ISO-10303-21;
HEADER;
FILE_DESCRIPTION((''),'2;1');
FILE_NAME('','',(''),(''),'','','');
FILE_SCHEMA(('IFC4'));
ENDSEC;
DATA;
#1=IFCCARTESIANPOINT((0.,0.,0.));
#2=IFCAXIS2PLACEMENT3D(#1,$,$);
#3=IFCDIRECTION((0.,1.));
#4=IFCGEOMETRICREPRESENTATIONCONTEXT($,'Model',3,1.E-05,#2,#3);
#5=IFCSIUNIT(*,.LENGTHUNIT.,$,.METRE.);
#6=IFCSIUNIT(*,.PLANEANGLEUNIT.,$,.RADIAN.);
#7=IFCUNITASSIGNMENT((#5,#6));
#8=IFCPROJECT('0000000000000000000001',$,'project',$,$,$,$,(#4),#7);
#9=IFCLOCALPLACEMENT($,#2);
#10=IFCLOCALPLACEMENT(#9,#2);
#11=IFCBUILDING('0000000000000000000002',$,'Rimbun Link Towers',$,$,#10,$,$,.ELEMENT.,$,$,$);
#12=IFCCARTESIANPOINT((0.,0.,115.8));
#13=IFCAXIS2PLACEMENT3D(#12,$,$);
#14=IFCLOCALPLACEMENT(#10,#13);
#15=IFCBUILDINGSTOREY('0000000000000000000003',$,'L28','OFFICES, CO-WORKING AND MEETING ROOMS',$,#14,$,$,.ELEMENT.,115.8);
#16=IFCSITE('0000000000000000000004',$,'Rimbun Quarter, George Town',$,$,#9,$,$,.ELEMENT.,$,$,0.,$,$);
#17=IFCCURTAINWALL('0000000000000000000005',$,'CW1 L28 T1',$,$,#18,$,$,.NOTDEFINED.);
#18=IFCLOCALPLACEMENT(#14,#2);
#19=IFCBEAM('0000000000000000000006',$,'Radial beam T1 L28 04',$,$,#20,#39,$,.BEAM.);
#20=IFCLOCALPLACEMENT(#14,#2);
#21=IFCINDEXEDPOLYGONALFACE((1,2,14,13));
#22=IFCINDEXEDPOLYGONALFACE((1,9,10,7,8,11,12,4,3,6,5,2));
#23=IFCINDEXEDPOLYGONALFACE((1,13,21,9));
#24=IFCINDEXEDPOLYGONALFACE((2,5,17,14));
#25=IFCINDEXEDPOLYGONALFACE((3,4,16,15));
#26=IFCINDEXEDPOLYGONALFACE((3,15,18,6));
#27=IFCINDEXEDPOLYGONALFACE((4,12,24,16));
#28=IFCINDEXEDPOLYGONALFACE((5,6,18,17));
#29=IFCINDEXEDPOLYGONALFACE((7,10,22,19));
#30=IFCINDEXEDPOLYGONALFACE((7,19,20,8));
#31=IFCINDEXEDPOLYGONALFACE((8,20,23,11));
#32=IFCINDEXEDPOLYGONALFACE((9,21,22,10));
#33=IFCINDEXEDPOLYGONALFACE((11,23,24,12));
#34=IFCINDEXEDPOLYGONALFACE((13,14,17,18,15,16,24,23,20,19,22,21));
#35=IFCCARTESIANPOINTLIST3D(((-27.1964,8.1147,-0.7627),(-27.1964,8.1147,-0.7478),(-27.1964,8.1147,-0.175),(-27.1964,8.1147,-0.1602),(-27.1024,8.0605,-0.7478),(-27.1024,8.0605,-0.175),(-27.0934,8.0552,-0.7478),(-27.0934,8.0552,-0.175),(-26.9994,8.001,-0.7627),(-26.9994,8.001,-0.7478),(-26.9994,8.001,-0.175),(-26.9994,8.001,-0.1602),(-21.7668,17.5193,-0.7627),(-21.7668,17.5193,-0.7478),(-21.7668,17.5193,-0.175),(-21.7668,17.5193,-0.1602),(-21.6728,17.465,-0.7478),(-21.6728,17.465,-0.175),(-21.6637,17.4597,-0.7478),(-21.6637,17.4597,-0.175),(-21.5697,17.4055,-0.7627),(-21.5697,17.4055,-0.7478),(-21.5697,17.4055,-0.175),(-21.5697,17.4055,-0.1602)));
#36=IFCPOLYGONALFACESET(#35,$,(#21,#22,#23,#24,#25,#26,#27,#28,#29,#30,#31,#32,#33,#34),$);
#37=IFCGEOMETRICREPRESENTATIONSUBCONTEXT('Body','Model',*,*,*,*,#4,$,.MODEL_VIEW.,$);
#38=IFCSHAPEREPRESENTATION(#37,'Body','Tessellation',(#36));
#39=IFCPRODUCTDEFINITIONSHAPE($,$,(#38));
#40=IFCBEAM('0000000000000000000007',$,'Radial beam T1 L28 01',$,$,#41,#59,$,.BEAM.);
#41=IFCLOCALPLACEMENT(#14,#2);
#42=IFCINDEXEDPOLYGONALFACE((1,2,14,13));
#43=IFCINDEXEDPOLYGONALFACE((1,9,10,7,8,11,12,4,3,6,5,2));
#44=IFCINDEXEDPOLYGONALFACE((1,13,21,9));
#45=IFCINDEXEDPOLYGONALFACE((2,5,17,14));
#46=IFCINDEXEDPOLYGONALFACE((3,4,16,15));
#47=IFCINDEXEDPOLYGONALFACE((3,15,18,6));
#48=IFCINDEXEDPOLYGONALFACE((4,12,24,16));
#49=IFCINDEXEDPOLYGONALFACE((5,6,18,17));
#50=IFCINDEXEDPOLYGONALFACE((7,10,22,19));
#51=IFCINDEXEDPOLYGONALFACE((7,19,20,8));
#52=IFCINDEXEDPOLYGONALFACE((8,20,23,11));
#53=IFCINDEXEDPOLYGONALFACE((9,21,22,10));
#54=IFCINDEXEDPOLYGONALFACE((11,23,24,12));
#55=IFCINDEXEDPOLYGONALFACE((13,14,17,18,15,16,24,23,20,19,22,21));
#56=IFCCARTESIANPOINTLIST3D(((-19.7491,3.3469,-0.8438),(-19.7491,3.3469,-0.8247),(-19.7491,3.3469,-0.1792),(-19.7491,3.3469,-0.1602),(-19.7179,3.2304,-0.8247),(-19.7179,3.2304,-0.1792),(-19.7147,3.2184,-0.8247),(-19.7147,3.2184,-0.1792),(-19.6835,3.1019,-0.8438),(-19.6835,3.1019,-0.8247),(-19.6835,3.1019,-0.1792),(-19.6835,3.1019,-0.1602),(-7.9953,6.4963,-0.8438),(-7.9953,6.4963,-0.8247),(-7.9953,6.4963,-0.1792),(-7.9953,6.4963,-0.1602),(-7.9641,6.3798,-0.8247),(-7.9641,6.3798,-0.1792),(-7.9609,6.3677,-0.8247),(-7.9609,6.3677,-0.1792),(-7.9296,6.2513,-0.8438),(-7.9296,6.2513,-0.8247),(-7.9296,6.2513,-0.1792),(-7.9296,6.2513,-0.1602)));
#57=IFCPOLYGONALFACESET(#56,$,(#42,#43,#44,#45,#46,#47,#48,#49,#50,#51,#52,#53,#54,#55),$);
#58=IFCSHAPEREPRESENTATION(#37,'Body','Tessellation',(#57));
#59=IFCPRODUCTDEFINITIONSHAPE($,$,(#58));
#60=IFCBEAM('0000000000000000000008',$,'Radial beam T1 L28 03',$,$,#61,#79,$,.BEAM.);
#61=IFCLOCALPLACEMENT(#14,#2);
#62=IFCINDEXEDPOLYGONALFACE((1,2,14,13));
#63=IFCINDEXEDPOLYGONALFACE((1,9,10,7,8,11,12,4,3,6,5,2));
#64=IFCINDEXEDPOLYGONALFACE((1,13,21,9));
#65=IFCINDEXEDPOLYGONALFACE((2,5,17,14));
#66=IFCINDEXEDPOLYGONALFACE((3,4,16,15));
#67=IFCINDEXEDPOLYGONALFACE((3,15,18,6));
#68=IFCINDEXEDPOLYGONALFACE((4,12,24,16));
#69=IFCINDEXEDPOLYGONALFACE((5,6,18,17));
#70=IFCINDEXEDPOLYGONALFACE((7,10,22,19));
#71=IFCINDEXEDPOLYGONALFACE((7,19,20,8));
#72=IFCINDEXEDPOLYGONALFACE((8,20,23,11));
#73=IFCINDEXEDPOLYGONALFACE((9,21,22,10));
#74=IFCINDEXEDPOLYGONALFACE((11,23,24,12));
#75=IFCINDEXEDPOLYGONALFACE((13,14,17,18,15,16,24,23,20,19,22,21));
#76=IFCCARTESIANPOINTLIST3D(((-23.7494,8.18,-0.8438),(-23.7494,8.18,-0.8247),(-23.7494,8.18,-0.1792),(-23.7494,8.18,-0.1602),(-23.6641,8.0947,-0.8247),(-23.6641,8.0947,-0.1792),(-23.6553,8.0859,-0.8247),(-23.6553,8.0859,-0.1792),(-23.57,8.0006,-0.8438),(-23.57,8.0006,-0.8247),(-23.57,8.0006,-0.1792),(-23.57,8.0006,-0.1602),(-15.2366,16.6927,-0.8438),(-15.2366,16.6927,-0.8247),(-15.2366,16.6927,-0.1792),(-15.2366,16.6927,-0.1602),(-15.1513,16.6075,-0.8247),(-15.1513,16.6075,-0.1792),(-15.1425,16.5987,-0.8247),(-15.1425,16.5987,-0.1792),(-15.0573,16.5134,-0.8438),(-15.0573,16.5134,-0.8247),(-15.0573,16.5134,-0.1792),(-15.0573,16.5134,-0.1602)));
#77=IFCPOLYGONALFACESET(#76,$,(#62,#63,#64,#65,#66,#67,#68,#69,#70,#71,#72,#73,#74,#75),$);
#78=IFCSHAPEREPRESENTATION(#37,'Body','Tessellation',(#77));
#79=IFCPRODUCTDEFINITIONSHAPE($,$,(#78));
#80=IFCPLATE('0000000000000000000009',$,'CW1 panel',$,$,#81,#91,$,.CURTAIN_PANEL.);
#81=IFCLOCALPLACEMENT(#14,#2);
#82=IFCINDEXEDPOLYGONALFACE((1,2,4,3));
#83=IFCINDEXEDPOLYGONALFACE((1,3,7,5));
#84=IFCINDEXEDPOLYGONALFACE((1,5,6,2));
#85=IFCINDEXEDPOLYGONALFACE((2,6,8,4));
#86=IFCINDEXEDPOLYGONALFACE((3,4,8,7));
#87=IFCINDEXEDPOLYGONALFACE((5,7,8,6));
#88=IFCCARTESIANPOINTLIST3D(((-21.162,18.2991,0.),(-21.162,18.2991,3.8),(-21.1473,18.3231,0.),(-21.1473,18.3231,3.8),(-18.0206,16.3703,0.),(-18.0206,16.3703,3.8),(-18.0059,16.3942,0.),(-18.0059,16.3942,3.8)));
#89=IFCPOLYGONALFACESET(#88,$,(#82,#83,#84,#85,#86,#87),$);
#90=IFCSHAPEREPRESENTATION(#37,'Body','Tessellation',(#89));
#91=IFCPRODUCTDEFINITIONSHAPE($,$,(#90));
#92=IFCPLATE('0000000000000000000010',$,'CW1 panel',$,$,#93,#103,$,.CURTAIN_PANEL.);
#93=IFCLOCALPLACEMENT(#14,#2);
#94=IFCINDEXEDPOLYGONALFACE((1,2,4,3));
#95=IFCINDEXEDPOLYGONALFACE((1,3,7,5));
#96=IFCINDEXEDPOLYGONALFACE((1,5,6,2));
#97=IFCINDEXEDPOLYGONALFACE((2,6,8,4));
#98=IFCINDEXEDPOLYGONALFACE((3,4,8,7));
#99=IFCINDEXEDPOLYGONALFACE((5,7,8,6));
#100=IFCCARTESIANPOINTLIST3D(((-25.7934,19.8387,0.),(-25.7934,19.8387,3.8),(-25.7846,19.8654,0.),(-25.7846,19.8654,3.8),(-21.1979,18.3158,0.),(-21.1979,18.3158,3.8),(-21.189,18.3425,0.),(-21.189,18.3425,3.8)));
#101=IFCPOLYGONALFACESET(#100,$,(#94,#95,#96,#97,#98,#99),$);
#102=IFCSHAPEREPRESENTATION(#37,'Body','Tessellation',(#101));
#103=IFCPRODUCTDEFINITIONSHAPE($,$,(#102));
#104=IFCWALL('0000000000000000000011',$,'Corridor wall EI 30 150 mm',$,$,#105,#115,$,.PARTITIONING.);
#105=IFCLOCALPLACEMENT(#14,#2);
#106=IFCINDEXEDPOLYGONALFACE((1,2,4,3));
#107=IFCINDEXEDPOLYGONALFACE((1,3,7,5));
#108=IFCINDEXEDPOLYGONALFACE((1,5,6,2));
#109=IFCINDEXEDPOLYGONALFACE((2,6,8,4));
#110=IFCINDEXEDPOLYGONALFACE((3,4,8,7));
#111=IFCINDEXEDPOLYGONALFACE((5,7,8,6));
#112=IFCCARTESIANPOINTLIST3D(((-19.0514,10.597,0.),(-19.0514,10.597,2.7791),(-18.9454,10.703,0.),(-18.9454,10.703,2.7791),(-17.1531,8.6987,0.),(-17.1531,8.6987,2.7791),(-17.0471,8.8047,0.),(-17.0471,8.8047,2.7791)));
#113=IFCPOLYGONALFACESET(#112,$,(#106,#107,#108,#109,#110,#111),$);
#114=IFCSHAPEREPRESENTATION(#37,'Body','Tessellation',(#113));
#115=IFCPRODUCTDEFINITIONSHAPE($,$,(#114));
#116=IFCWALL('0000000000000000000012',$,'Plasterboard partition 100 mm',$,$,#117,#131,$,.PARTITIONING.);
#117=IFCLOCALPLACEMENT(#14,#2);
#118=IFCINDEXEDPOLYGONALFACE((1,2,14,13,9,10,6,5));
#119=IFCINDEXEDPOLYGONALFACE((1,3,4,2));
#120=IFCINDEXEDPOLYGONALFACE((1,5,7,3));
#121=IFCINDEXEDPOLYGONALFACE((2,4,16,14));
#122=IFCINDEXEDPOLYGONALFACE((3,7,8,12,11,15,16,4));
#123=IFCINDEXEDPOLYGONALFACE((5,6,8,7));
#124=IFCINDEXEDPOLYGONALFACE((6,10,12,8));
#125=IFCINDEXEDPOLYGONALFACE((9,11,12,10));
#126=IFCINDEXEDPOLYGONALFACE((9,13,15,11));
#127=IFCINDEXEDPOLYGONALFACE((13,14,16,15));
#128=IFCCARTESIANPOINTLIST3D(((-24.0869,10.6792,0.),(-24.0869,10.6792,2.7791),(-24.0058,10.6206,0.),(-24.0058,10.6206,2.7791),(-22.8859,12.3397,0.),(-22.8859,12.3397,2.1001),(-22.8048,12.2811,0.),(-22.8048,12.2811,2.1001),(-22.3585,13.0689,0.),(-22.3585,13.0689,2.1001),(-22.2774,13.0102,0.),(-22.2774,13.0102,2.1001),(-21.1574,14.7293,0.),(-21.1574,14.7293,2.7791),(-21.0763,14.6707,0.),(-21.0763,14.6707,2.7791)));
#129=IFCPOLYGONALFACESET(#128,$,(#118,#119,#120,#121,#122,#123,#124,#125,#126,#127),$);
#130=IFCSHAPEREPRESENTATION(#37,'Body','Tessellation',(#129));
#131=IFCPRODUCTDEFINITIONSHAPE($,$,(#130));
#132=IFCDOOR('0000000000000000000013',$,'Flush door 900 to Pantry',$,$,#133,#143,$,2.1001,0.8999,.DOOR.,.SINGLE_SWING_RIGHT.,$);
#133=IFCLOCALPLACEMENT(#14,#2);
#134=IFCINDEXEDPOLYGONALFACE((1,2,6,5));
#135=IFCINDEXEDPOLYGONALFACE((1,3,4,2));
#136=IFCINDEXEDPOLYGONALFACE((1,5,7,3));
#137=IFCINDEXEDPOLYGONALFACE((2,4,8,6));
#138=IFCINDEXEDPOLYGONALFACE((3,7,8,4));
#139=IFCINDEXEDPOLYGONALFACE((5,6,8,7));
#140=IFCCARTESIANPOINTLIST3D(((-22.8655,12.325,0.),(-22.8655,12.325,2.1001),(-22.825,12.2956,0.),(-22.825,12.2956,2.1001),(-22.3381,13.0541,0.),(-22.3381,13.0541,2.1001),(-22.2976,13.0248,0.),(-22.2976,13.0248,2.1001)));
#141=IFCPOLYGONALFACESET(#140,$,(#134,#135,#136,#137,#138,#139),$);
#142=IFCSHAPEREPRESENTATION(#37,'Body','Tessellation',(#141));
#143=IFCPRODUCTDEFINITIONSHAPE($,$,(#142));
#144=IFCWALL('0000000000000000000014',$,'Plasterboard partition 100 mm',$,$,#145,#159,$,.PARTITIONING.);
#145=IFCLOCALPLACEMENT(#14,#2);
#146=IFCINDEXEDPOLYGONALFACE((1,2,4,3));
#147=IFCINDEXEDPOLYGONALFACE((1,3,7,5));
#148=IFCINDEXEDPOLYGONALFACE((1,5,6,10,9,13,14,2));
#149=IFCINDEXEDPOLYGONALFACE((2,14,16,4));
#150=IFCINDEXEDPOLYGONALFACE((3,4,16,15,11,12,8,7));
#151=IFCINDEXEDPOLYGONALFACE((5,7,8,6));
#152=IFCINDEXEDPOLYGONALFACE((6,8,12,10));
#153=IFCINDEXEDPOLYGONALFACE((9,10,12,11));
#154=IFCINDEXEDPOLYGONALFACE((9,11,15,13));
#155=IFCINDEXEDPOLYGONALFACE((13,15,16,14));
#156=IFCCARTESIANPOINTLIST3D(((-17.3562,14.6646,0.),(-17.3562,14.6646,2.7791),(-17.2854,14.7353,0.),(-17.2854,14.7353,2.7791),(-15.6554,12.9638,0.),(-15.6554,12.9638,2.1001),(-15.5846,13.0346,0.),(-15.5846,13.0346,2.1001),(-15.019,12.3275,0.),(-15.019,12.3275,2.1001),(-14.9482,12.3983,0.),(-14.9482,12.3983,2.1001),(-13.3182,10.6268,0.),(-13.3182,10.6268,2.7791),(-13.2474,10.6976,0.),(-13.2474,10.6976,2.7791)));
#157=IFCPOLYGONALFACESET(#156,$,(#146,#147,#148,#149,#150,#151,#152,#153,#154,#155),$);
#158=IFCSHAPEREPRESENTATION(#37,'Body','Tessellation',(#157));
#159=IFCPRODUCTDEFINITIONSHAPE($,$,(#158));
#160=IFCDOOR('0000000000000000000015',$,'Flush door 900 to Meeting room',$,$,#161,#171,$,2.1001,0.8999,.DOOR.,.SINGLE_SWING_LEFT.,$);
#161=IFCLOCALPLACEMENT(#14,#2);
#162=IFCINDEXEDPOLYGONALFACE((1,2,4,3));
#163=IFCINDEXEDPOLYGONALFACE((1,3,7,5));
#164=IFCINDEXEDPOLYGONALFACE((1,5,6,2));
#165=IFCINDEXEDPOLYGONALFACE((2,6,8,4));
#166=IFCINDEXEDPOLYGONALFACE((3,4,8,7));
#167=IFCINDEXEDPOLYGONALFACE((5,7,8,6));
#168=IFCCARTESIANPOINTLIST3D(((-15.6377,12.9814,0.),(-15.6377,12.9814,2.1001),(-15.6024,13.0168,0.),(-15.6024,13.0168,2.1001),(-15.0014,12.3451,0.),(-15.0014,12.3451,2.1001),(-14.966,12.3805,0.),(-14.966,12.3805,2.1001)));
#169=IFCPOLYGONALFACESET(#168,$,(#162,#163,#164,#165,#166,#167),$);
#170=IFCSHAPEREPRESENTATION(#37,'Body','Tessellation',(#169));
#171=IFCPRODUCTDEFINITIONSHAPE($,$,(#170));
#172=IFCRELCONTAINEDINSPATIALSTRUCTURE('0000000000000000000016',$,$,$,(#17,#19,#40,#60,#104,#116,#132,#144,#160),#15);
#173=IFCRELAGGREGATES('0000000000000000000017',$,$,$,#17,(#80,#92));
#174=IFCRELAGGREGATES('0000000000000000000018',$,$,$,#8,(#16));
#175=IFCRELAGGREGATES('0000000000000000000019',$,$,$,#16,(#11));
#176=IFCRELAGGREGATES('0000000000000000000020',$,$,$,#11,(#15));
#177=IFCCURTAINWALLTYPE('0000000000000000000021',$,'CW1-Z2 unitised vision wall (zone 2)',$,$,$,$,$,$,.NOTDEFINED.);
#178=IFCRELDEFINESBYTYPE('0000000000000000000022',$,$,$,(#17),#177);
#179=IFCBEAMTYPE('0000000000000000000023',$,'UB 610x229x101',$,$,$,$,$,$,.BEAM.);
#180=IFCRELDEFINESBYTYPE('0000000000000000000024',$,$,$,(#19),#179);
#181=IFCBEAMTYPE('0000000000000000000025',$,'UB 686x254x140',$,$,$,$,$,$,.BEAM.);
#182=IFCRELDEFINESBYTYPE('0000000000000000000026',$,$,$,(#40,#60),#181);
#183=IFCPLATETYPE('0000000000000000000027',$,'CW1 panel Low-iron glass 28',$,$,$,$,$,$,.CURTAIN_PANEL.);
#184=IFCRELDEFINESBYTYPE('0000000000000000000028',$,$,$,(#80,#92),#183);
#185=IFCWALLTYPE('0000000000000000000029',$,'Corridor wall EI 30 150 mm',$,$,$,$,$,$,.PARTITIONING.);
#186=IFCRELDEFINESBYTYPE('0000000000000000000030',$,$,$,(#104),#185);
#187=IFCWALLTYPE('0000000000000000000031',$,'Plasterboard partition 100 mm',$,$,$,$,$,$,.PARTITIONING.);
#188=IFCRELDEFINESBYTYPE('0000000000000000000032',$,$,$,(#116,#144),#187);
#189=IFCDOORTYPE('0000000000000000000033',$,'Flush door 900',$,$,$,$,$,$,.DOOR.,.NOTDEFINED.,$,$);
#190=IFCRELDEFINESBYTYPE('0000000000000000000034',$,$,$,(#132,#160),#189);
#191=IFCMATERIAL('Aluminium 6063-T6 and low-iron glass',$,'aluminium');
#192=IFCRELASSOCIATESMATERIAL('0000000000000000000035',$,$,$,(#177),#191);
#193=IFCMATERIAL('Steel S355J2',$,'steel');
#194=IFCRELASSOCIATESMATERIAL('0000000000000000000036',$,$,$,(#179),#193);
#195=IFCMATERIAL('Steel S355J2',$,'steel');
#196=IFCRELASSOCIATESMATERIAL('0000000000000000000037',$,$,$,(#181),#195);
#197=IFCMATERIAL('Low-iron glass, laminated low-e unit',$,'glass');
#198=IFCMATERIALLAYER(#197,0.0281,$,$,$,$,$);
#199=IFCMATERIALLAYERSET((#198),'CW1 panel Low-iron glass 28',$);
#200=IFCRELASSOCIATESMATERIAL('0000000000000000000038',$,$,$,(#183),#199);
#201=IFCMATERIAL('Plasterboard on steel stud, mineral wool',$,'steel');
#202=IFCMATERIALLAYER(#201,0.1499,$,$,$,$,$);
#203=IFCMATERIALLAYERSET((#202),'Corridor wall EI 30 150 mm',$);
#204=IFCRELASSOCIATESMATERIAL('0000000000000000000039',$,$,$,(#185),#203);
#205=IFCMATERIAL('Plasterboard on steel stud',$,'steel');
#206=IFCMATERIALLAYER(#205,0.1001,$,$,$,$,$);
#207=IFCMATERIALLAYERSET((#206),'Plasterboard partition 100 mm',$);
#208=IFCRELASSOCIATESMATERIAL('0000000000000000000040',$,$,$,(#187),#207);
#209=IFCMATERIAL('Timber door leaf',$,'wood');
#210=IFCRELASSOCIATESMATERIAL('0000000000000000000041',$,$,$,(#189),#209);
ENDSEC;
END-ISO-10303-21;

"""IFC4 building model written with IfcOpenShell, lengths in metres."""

from ifc_helpers import new_model, si_unit, direction, frame, frame_2d, origin, origin_2d, place, context, subcontext, project, spatial, rectangle, i_section, extrude, material, layer, layer_set, material_profile, profile_set, type_object, element, fill, aggregate, save


model = new_model("IFC4")

# Units and contexts
model_context = context("Model", 3, precision=1e-05, world=origin(), true_north=direction((0.0, 1.0)))
body_context = subcontext(model_context, "Body", "Model", "MODEL_VIEW")
ifc_project = project(units=[si_unit("LENGTHUNIT", "METRE"), si_unit("PLANEANGLEUNIT", "RADIAN")], contexts=[model_context])

# Site, building, storey
site_placement = place(None, origin())
site = spatial("IfcSite", under=ifc_project, at=site_placement, Name="Rimbun Quarter, George Town", CompositionType="ELEMENT", RefElevation=0.0)
building_placement = place(site_placement, origin())
building = spatial("IfcBuilding", under=site, at=building_placement, Name="Rimbun Link Towers", CompositionType="ELEMENT")
storey_placement = place(building_placement, frame((0.0, 0.0, 115.8)))
storey = spatial("IfcBuildingStorey", under=building, at=storey_placement, Name="L28", Description="OFFICES, CO-WORKING AND MEETING ROOMS", CompositionType="ELEMENT", Elevation=115.8)

# Curtain wall
ifc_material_1 = material(Name="Aluminium 6063-T6 and low-iron glass", Category="aluminium")
curtain_wall_type = type_object("IfcCurtainWallType", Name="CW1-Z2 unitised vision wall (zone 2)", PredefinedType="NOTDEFINED", material=ifc_material_1)
curtain_wall_placement = place(storey_placement, origin())
curtain_wall = element("IfcCurtainWall", 1, at=curtain_wall_placement, inside=storey, type_object=curtain_wall_type, Name="CW1 L28 T1", PredefinedType="NOTDEFINED")

# Beams
ifc_material_2 = material(Name="Steel S355J2", Category="steel")
ifc_material_profile_1 = material_profile(ifc_material_2, i_section(OverallWidth=0.2275, OverallDepth=0.6025, WebThickness=0.0105, FlangeThickness=0.0149, at=origin_2d()), Name="UB 610x229x101")
ifc_profile_set_1 = profile_set([ifc_material_profile_1], Name="Steel S355J2")
beam_type_1 = type_object("IfcBeamType", Name="UB 610x229x101", PredefinedType="BEAM", material=ifc_profile_set_1)
beam_1_placement = place(storey_placement, frame((-27.0979, 8.0579, -0.4614), z_axis=(0.499998, 0.866026, 0.0), x_axis=(-0.866026, 0.499998, 0.0)))
element("IfcBeam", 2, at=beam_1_placement, inside=storey, type_object=beam_type_1, Name="Radial beam T1 L28 04", PredefinedType="BEAM", context=body_context, shape_type="SweptSolid", body=[
    extrude(i_section(OverallWidth=0.2275, OverallDepth=0.6025, WebThickness=0.0105, FlangeThickness=0.0149, at=origin_2d()), origin(), (0.0, 0.0, 1.0), 10.8594),
])
ifc_material_3 = material(Name="Steel S355J2", Category="steel")
ifc_material_profile_2 = material_profile(ifc_material_3, i_section(OverallWidth=0.2537, OverallDepth=0.6836, WebThickness=0.0125, FlangeThickness=0.019, at=origin_2d()), Name="UB 686x254x140")
ifc_profile_set_2 = profile_set([ifc_material_profile_2], Name="Steel S355J2")
beam_type_2 = type_object("IfcBeamType", Name="UB 686x254x140", PredefinedType="BEAM", material=ifc_profile_set_2)
beam_2_placement = place(storey_placement, frame((-19.7163, 3.2244, -0.502), z_axis=(0.965927, 0.258816, 0.0), x_axis=(-0.258816, 0.965927, 0.0)))
element("IfcBeam", 3, at=beam_2_placement, inside=storey, type_object=beam_type_2, Name="Radial beam T1 L28 01", PredefinedType="BEAM", context=body_context, shape_type="SweptSolid", body=[
    extrude(i_section(OverallWidth=0.2537, OverallDepth=0.6836, WebThickness=0.0125, FlangeThickness=0.019, at=origin_2d()), origin(), (0.0, 0.0, 1.0), 12.1685),
])
beam_3_placement = place(storey_placement, frame((-23.6597, 8.0903, -0.502), z_axis=(0.707107, 0.707107, 0.0), x_axis=(-0.707107, 0.707107, 0.0)))
element("IfcBeam", 4, at=beam_3_placement, inside=storey, type_object=beam_type_2, Name="Radial beam T1 L28 03", PredefinedType="BEAM", context=body_context, shape_type="SweptSolid", body=[
    extrude(i_section(OverallWidth=0.2537, OverallDepth=0.6836, WebThickness=0.0125, FlangeThickness=0.019, at=origin_2d()), origin(), (0.0, 0.0, 1.0), 12.0388),
])

# Plates
ifc_material_4 = material(Name="Low-iron glass, laminated low-e unit", Category="glass")
ifc_layer_1 = layer(ifc_material_4, 0.0281)
ifc_layer_set_1 = layer_set([ifc_layer_1], Name="CW1 panel Low-iron glass 28")
plate_type = type_object("IfcPlateType", Name="CW1 panel Low-iron glass 28", PredefinedType="CURTAIN_PANEL", material=ifc_layer_set_1)
plate_1_placement = place(storey_placement, frame((-19.584, 17.3467, 0.0), z_axis=(0.0, 0.0, 1.0), x_axis=(0.852183, -0.523243, 0.0)))
plate_1 = element("IfcPlate", 5, at=plate_1_placement, type_object=plate_type, Name="CW1 panel", PredefinedType="CURTAIN_PANEL", context=body_context, shape_type="SweptSolid", body=[
    extrude(rectangle(XDim=3.6863, YDim=0.0281, at=origin_2d()), origin(), (0.0, 0.0, 1.0), 3.8),
])
plate_2_placement = place(storey_placement, frame((-23.4912, 19.0906, 0.0), z_axis=(0.0, 0.0, 1.0), x_axis=(0.949236, -0.314563, 0.0)))
plate_2 = element("IfcPlate", 6, at=plate_2_placement, type_object=plate_type, Name="CW1 panel", PredefinedType="CURTAIN_PANEL", context=body_context, shape_type="SweptSolid", body=[
    extrude(rectangle(XDim=4.8413, YDim=0.0281, at=origin_2d()), origin(), (0.0, 0.0, 1.0), 3.8),
])
aggregate(curtain_wall, [plate_1, plate_2])

# Wall
ifc_material_5 = material(Name="Plasterboard on steel stud, mineral wool", Category="steel")
ifc_layer_2 = layer(ifc_material_5, 0.1499)
ifc_layer_set_2 = layer_set([ifc_layer_2], Name="Corridor wall EI 30 150 mm")
wall_type_1 = type_object("IfcWallType", Name="Corridor wall EI 30 150 mm", PredefinedType="PARTITIONING", material=ifc_layer_set_2)
wall_1_placement = place(storey_placement, frame((-17.1001, 8.7517, 0.0), z_axis=(0.0, 0.0, 1.0), x_axis=(-0.707107, 0.707107, 0.0)))
element("IfcWall", 7, at=wall_1_placement, inside=storey, type_object=wall_type_1, Name="Corridor wall EI 30 150 mm", PredefinedType="PARTITIONING", context=body_context, shape_type="SweptSolid", body=[
    extrude(rectangle(XDim=2.6846, YDim=0.1499, at=frame_2d((1.3423, 0.0))), origin(), (0.0, 0.0, 1.0), 2.7791),
])

# Walls, openings, doors
ifc_material_6 = material(Name="Plasterboard on steel stud", Category="steel")
ifc_layer_3 = layer(ifc_material_6, 0.1001)
ifc_layer_set_3 = layer_set([ifc_layer_3], Name="Plasterboard partition 100 mm")
wall_type_2 = type_object("IfcWallType", Name="Plasterboard partition 100 mm", PredefinedType="PARTITIONING", material=ifc_layer_set_3)
wall_2_placement = place(storey_placement, frame((-24.0464, 10.6499, 0.0), z_axis=(0.0, 0.0, 1.0), x_axis=(0.58607, 0.81026, 0.0)))
wall_2 = element("IfcWall", 8, at=wall_2_placement, inside=storey, type_object=wall_type_2, Name="Plasterboard partition 100 mm", PredefinedType="PARTITIONING", context=body_context, shape_type="SweptSolid", body=[
    extrude(rectangle(XDim=4.9985, YDim=0.1001, at=frame_2d((2.4993, 0.0))), origin(), (0.0, 0.0, 1.0), 2.7791),
])
opening_1_placement = place(wall_2_placement, frame((2.0493, 0.0, 0.0)))
opening_1 = element("IfcOpeningElement", 9, at=opening_1_placement, cuts=wall_2, PredefinedType="OPENING", context=body_context, shape_type="SweptSolid", body=[
    extrude(rectangle(XDim=0.8999, YDim=2.1001, at=frame_2d((0.45, 1.05))), frame((0.0, 0.0601, 0.0), z_axis=(0.0, -1.0, 0.0), x_axis=(1.0, 0.0, 0.0)), (0.0, 0.0, 1.0), 0.1201),
])
ifc_material_7 = material(Name="Timber door leaf", Category="wood")
door_type_1 = type_object("IfcDoorType", Name="Flush door 900", OperationType="NOTDEFINED", PredefinedType="DOOR", material=ifc_material_7)
door_1_placement = place(opening_1_placement, origin())
door_1 = element("IfcDoor", 10, at=door_1_placement, inside=storey, type_object=door_type_1, Name="Flush door 900 to Pantry", OperationType="SINGLE_SWING_RIGHT", OverallHeight=2.1001, OverallWidth=0.8999, PredefinedType="DOOR", context=body_context, shape_type="SweptSolid", body=[
    extrude(rectangle(XDim=0.8999, YDim=2.1001, at=frame_2d((0.45, 1.05))), frame((0.0, 0.0249, 0.0), z_axis=(0.0, -1.0, 0.0), x_axis=(1.0, 0.0, 0.0)), (0.0, 0.0, 1.0), 0.05),
])
fill(opening_1, door_1)
wall_3_placement = place(storey_placement, frame((-17.3208, 14.7, 0.0), z_axis=(0.0, 0.0, 1.0), x_axis=(0.707128, -0.707085, 0.0)))
wall_3 = element("IfcWall", 11, at=wall_3_placement, inside=storey, type_object=wall_type_2, Name="Plasterboard partition 100 mm", PredefinedType="PARTITIONING", context=body_context, shape_type="SweptSolid", body=[
    extrude(rectangle(XDim=5.7104, YDim=0.1001, at=frame_2d((2.8552, 0.0))), origin(), (0.0, 0.0, 1.0), 2.7791),
])
opening_2_placement = place(wall_3_placement, frame((2.4053, 0.0, 0.0)))
opening_2 = element("IfcOpeningElement", 12, at=opening_2_placement, cuts=wall_3, PredefinedType="OPENING", context=body_context, shape_type="SweptSolid", body=[
    extrude(rectangle(XDim=0.8999, YDim=2.1001, at=frame_2d((0.45, 1.05))), frame((0.0, 0.0601, 0.0), z_axis=(0.0, -1.0, 0.0), x_axis=(1.0, 0.0, 0.0)), (0.0, 0.0, 1.0), 0.1201),
])
door_2_placement = place(opening_2_placement, origin())
door_2 = element("IfcDoor", 13, at=door_2_placement, inside=storey, type_object=door_type_1, Name="Flush door 900 to Meeting room", OperationType="SINGLE_SWING_LEFT", OverallHeight=2.1001, OverallWidth=0.8999, PredefinedType="DOOR", context=body_context, shape_type="SweptSolid", body=[
    extrude(rectangle(XDim=0.8999, YDim=2.1001, at=frame_2d((0.45, 1.05))), frame((0.0, 0.0249, 0.0), z_axis=(0.0, -1.0, 0.0), x_axis=(1.0, 0.0, 0.0)), (0.0, 0.0, 1.0), 0.05),
])
fill(opening_2, door_2)

save(model, "model.ifc")
